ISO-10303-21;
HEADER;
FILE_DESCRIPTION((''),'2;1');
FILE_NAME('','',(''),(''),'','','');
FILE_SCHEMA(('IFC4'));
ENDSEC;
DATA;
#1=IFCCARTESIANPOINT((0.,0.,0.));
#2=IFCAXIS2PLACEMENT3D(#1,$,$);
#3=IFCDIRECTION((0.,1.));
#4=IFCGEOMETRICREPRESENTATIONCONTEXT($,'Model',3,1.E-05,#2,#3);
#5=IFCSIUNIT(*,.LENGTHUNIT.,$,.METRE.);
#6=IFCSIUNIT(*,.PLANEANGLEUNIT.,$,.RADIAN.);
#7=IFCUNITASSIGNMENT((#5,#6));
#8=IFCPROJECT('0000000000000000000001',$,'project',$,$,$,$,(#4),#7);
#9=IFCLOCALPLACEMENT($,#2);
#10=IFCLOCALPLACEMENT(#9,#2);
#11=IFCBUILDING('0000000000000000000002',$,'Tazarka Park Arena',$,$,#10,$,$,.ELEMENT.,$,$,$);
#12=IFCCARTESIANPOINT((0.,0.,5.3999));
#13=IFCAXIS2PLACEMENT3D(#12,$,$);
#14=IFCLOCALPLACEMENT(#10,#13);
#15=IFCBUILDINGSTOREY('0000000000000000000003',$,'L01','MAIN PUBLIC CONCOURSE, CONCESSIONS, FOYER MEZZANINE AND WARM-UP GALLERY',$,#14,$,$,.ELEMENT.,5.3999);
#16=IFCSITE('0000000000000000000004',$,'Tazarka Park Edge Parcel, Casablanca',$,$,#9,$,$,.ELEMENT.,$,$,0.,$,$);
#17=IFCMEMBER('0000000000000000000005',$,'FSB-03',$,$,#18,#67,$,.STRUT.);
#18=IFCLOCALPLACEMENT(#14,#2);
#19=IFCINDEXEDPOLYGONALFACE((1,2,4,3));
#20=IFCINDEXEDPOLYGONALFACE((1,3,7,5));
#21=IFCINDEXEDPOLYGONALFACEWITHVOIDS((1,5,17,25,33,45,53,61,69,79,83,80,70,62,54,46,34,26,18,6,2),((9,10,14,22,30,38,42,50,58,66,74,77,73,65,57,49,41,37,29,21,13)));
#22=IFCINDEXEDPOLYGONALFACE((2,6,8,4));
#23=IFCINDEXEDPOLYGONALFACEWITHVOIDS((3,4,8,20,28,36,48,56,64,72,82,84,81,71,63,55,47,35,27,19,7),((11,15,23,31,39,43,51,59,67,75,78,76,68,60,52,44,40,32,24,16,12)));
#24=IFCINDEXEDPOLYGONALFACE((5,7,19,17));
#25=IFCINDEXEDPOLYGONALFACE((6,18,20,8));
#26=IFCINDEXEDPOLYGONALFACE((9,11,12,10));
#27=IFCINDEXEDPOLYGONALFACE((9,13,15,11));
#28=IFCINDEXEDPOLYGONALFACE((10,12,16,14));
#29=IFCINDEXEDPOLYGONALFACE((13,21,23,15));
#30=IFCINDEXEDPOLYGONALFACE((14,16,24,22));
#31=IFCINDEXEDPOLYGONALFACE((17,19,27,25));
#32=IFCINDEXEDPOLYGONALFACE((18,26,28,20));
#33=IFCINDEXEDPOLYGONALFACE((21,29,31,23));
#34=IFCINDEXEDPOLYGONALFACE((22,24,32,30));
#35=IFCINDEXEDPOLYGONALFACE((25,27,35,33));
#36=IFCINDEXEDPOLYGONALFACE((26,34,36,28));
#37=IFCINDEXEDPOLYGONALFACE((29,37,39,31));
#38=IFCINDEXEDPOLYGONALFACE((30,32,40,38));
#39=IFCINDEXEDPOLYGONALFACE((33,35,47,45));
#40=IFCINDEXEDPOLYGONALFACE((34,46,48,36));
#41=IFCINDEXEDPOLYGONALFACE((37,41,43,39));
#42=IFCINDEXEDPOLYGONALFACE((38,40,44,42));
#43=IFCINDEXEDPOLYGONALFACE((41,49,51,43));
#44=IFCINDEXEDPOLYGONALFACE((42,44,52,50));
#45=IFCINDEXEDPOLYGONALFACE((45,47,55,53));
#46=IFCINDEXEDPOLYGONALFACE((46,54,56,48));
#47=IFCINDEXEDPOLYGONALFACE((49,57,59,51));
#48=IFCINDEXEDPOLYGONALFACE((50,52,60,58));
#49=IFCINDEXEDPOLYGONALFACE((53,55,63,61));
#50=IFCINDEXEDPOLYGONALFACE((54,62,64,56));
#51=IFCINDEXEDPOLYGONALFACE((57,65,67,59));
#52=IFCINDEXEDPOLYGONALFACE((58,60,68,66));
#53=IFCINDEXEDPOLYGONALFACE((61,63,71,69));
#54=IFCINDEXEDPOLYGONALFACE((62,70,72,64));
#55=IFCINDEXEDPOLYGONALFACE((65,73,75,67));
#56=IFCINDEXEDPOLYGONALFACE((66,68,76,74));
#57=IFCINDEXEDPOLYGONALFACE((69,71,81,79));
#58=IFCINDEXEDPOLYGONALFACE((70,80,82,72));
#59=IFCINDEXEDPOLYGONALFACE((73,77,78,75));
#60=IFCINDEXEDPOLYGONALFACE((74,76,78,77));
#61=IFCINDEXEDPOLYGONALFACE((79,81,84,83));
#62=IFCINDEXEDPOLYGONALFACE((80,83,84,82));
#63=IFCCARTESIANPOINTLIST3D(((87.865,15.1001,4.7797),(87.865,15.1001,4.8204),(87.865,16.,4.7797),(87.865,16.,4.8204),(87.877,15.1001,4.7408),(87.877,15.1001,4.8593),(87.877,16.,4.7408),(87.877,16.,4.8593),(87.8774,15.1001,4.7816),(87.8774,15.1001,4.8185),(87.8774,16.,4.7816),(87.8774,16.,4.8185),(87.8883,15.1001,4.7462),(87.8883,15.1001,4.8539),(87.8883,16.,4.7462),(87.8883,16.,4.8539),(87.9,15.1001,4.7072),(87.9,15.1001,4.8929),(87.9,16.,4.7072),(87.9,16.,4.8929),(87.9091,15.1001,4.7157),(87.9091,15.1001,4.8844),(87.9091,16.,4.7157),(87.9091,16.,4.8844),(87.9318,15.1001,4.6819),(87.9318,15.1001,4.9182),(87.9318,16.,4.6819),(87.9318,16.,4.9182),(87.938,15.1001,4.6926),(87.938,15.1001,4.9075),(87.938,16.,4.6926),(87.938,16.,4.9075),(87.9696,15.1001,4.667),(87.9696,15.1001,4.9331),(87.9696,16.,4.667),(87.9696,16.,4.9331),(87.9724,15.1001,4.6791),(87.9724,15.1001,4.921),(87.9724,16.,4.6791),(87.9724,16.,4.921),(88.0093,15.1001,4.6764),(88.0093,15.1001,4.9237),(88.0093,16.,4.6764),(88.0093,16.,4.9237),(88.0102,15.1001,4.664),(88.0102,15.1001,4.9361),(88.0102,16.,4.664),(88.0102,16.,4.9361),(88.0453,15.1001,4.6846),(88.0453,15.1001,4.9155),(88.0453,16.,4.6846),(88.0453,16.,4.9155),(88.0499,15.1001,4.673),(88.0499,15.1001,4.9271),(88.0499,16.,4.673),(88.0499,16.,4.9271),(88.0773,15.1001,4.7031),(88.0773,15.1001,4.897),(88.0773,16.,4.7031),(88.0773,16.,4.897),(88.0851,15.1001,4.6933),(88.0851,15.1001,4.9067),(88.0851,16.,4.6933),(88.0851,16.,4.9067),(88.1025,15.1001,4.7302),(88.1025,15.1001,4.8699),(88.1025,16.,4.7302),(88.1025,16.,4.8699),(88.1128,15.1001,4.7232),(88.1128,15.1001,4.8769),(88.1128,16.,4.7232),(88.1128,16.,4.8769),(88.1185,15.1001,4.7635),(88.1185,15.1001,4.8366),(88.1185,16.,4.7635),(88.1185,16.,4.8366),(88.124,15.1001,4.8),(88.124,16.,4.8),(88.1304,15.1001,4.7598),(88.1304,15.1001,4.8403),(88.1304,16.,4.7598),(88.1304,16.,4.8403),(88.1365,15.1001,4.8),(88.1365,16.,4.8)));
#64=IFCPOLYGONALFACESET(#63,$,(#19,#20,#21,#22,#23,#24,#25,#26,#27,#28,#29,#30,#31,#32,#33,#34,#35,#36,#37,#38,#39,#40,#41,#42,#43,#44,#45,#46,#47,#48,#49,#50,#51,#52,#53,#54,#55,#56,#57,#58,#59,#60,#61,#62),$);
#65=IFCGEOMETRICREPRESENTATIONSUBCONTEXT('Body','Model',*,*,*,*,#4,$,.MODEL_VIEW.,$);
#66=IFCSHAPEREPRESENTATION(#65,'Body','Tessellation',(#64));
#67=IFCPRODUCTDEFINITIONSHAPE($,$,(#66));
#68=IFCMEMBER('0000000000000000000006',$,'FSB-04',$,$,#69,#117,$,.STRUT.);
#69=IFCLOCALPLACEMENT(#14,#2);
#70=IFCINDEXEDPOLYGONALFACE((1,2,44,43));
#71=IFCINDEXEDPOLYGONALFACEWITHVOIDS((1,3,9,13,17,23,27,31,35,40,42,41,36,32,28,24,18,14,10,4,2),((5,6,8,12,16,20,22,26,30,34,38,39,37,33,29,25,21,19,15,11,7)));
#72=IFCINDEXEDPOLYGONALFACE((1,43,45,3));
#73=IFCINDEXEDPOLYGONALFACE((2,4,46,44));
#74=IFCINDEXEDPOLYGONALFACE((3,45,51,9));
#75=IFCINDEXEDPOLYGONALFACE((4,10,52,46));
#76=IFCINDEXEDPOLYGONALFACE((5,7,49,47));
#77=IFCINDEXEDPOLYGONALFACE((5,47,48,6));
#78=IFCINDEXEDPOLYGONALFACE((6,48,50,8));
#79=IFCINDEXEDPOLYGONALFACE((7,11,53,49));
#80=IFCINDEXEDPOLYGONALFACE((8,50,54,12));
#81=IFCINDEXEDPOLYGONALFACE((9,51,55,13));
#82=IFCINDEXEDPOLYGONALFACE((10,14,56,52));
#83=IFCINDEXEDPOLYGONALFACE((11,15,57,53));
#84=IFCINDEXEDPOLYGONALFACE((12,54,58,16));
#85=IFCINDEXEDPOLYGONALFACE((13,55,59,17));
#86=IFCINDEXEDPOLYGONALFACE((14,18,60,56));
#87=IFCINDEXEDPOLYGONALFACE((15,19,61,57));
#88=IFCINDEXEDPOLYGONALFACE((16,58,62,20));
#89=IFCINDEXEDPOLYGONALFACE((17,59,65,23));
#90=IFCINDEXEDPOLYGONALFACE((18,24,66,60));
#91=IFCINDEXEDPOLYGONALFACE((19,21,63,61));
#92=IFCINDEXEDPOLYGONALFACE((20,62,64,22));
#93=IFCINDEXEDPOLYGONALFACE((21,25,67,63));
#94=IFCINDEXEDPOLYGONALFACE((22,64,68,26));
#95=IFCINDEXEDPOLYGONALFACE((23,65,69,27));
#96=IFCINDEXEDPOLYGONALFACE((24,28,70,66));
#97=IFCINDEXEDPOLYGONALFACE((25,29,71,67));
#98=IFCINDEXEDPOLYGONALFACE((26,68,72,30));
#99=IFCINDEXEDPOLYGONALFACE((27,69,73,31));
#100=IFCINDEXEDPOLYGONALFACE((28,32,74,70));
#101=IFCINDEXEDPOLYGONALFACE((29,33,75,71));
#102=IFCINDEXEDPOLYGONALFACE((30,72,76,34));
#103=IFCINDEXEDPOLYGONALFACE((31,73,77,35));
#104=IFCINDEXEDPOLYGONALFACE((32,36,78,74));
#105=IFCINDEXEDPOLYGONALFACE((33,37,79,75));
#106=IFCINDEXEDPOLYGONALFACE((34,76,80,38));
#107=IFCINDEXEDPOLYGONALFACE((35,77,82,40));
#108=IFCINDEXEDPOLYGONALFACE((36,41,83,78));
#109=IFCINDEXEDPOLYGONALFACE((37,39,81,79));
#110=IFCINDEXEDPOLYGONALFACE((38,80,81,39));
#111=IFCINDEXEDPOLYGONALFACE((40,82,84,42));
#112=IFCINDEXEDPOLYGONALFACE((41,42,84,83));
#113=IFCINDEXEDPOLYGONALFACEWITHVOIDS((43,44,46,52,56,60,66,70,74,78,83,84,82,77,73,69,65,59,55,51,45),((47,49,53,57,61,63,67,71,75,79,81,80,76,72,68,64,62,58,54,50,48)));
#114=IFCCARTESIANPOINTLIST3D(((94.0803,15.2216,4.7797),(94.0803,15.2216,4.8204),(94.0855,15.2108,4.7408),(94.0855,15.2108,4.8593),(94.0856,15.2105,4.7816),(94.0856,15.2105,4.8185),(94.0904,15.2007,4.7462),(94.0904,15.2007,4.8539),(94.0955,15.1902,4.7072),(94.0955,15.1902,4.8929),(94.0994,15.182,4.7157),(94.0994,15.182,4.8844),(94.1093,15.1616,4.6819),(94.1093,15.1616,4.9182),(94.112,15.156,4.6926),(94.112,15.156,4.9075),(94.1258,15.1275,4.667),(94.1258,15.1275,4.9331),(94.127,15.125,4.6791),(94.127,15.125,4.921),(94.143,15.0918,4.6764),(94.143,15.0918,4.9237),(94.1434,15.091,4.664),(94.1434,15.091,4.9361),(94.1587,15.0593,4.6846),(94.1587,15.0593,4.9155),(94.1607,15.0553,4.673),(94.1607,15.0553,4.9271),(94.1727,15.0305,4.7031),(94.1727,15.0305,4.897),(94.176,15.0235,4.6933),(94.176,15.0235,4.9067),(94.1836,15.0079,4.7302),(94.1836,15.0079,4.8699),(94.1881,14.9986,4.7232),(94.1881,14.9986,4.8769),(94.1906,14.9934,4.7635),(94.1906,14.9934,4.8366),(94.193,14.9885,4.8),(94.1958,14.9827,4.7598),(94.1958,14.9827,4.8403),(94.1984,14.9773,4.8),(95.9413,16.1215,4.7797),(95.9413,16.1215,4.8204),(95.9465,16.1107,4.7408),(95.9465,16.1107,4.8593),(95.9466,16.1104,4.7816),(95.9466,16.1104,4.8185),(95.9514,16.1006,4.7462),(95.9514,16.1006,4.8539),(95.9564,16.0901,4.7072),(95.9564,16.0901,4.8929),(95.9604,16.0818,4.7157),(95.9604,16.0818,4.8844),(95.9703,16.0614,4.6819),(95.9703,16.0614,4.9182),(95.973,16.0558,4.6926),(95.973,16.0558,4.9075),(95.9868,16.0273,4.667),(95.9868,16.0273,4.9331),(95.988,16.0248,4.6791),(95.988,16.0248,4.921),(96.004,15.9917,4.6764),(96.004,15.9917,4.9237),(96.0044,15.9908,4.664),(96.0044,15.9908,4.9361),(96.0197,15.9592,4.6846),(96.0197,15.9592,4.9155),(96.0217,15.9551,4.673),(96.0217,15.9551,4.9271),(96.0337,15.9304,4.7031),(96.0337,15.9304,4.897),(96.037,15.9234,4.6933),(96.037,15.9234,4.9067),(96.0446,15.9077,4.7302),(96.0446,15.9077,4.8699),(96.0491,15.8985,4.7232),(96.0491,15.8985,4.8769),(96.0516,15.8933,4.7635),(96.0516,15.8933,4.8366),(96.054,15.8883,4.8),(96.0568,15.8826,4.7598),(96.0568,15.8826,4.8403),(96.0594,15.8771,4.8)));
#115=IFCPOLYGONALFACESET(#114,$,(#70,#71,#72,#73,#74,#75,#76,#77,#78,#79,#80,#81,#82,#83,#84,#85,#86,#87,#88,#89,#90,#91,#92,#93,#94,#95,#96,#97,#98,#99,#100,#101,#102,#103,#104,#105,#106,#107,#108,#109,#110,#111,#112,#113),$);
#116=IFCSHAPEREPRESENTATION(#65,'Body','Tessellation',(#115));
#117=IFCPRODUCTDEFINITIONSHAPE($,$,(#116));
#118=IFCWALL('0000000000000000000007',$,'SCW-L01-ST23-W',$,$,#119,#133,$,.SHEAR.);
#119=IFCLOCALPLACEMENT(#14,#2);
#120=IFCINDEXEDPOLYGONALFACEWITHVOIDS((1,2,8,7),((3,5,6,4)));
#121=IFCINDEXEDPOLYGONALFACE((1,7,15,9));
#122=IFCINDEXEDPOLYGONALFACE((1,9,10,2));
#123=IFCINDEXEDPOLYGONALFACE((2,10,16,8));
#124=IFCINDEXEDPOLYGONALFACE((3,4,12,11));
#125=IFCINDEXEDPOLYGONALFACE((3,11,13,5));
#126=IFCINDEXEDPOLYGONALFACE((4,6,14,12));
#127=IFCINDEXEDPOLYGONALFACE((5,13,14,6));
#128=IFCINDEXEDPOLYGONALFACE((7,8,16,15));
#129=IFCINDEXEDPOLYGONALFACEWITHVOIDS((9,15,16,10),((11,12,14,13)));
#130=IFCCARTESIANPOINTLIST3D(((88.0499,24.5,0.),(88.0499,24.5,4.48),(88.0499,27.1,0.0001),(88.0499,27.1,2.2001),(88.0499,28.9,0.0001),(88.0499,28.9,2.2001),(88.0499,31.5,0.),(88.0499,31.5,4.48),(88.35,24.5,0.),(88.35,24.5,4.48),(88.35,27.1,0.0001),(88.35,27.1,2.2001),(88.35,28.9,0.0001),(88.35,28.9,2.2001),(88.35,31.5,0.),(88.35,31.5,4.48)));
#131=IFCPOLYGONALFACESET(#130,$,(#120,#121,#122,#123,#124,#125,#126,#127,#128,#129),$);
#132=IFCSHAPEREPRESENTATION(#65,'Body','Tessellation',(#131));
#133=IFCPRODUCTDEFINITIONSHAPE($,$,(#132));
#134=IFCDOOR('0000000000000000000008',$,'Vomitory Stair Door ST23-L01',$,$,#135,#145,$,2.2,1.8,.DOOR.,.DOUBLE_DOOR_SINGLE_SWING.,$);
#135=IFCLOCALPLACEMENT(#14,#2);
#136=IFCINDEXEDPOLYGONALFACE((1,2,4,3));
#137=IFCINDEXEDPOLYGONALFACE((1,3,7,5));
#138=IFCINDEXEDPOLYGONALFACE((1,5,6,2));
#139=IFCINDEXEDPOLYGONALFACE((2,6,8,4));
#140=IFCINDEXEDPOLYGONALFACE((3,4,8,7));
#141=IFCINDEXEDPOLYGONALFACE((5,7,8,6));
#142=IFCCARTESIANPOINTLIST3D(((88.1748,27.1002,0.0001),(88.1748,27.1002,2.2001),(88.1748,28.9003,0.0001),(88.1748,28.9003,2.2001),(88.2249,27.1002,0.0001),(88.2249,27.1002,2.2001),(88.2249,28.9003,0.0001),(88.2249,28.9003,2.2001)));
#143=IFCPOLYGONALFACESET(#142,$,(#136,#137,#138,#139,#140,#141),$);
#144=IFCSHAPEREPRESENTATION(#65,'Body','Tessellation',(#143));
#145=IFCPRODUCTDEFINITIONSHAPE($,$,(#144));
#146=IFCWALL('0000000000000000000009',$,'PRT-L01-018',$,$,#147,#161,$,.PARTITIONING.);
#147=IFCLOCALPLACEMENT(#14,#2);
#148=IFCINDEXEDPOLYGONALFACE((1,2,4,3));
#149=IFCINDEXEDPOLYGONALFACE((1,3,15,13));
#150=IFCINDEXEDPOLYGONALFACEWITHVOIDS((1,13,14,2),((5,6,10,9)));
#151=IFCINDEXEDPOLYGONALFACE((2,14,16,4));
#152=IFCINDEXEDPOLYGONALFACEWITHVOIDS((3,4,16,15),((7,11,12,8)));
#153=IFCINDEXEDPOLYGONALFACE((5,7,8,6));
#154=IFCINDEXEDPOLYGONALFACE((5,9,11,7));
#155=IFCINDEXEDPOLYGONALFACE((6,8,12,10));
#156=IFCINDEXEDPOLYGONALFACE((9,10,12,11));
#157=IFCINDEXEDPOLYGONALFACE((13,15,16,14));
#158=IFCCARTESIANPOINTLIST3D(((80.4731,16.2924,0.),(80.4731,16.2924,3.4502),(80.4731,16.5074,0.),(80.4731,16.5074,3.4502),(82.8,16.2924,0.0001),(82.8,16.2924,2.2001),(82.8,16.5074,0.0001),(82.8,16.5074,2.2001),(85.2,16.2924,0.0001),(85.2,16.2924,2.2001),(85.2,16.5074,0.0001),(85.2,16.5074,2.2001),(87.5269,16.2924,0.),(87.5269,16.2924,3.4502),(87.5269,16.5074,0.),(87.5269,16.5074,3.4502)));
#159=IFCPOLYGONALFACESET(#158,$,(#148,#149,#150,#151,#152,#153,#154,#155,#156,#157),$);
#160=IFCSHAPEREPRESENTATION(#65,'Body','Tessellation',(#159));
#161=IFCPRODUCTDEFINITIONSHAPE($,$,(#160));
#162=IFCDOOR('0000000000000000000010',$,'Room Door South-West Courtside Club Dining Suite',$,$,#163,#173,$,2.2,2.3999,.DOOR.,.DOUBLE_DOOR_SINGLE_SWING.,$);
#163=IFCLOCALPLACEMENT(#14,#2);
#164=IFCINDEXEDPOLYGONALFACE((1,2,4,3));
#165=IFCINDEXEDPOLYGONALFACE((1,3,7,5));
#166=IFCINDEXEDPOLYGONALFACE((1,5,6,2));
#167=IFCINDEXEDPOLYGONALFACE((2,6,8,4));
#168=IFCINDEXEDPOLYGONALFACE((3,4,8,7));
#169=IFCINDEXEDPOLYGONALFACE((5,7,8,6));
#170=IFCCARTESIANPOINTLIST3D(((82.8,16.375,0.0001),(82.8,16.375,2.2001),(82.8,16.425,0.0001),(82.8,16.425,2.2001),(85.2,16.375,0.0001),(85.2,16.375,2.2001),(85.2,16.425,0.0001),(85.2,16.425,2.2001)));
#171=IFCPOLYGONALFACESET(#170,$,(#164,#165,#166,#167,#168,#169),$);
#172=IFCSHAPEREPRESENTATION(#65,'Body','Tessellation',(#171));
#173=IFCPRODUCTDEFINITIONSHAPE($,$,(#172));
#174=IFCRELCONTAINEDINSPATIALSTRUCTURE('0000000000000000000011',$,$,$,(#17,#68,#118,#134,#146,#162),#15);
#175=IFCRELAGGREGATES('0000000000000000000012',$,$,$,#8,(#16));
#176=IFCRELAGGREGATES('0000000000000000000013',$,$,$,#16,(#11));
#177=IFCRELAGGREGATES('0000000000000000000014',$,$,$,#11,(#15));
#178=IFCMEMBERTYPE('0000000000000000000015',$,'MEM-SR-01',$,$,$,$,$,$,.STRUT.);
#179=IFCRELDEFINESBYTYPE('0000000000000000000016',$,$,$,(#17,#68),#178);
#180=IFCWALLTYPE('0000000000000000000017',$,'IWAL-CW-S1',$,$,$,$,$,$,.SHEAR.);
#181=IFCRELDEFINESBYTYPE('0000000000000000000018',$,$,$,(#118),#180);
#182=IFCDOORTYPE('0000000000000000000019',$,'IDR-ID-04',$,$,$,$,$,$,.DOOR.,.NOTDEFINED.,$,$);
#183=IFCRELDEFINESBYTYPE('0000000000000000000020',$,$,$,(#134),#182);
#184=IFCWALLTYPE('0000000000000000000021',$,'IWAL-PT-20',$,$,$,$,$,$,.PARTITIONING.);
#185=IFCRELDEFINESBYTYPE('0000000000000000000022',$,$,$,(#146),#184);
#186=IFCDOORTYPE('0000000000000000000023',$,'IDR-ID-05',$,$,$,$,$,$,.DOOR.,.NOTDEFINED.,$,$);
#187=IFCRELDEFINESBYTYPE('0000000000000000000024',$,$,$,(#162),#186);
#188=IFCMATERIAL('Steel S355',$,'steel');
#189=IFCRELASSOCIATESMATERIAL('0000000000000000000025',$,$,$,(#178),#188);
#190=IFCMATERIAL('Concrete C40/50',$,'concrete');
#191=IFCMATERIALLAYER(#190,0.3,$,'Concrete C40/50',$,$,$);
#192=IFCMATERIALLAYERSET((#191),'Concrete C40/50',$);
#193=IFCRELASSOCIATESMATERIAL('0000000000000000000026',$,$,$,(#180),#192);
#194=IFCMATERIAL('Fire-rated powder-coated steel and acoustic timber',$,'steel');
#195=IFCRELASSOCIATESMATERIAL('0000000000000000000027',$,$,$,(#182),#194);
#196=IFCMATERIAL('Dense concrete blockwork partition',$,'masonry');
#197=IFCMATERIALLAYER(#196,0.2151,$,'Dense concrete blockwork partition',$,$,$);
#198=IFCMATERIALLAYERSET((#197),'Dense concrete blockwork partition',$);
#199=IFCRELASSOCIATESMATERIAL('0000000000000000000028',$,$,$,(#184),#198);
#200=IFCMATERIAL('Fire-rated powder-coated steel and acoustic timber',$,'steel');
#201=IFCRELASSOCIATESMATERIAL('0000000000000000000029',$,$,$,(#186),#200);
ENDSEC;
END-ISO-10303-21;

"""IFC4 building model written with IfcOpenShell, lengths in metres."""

from ifc_helpers import new_model, si_unit, direction, frame, frame_2d, origin, origin_2d, place, context, subcontext, project, spatial, rectangle, hollow_circle, extrude, material, layer, layer_set, material_profile, profile_set, type_object, element, fill, save


model = new_model("IFC4")

# Units and contexts
model_context = context("Model", 3, precision=1e-05, world=origin(), true_north=direction((0.0, 1.0)))
body_context = subcontext(model_context, "Body", "Model", "MODEL_VIEW")
ifc_project = project(units=[si_unit("LENGTHUNIT", "METRE"), si_unit("PLANEANGLEUNIT", "RADIAN")], contexts=[model_context])

# Site, building, storey
site_placement = place(None, origin())
site = spatial("IfcSite", under=ifc_project, at=site_placement, Name="Tazarka Park Edge Parcel, Casablanca", CompositionType="ELEMENT", RefElevation=0.0)
building_placement = place(site_placement, origin())
building = spatial("IfcBuilding", under=site, at=building_placement, Name="Tazarka Park Arena", CompositionType="ELEMENT")
storey_placement = place(building_placement, frame((0.0, 0.0, 5.3999)))
storey = spatial("IfcBuildingStorey", under=building, at=storey_placement, Name="L01", Description="MAIN PUBLIC CONCOURSE, CONCESSIONS, FOYER MEZZANINE AND WARM-UP GALLERY", CompositionType="ELEMENT", Elevation=5.3999)

# Members
ifc_material_1 = material(Name="Steel S355", Category="steel")
ifc_material_profile_1 = material_profile(ifc_material_1, hollow_circle(Radius=0.1365, WallThickness=0.0125, at=origin_2d()), Name="Steel S355")
ifc_profile_set_1 = profile_set([ifc_material_profile_1], Name="Steel S355")
member_type = type_object("IfcMemberType", Name="MEM-SR-01", PredefinedType="STRUT", material=ifc_profile_set_1)
member_1_placement = place(storey_placement, frame((88.0, 16.0, 4.8), z_axis=(0.0, -1.0, 0.0), x_axis=(1.0, 0.0, 0.0)))
element("IfcMember", 1, at=member_1_placement, inside=storey, type_object=member_type, Name="FSB-03", PredefinedType="STRUT", context=body_context, shape_type="SweptSolid", body=[
    extrude(hollow_circle(Radius=0.1365, WallThickness=0.0125, at=origin_2d()), origin(), (0.0, 0.0, 1.0), 0.8999),
])
member_2_placement = place(storey_placement, frame((96.0, 16.0, 4.8), z_axis=(-0.900277, -0.435317, 0.0), x_axis=(0.435317, -0.900277, 0.0)))
element("IfcMember", 2, at=member_2_placement, inside=storey, type_object=member_type, Name="FSB-04", PredefinedType="STRUT", context=body_context, shape_type="SweptSolid", body=[
    extrude(hollow_circle(Radius=0.1365, WallThickness=0.0125, at=origin_2d()), origin(), (0.0, 0.0, 1.0), 2.0671),
])

# Walls, openings, doors
ifc_material_2 = material(Name="Concrete C40/50", Category="concrete")
ifc_layer_1 = layer(ifc_material_2, 0.3, Name="Concrete C40/50")
ifc_layer_set_1 = layer_set([ifc_layer_1], Name="Concrete C40/50")
wall_type_1 = type_object("IfcWallType", Name="IWAL-CW-S1", PredefinedType="SHEAR", material=ifc_layer_set_1)
wall_1_placement = place(storey_placement, frame((88.2, 24.5, 0.0), z_axis=(0.0, 0.0, 1.0), x_axis=(0.0, 1.0, 0.0)))
wall_1 = element("IfcWall", 3, at=wall_1_placement, inside=storey, type_object=wall_type_1, Name="SCW-L01-ST23-W", PredefinedType="SHEAR", context=body_context, shape_type="SweptSolid", body=[
    extrude(rectangle(XDim=7.0, YDim=0.3, at=frame_2d((3.5, 0.0))), origin(), (0.0, 0.0, 1.0), 4.48),
])
opening_1_placement = place(wall_1_placement, frame((2.6001, 0.0, 0.0)))
opening_1 = element("IfcOpeningElement", 4, at=opening_1_placement, cuts=wall_1, PredefinedType="OPENING", context=body_context, shape_type="SweptSolid", body=[
    extrude(rectangle(XDim=1.8, YDim=2.2, at=frame_2d((0.8999, 1.1001))), frame((0.0, 0.1602, 0.0), z_axis=(0.0, -1.0, 0.0), x_axis=(1.0, 0.0, 0.0)), (0.0, 0.0, 1.0), 0.3201),
])
ifc_material_3 = material(Name="Fire-rated powder-coated steel and acoustic timber", Category="steel")
door_type_1 = type_object("IfcDoorType", Name="IDR-ID-04", OperationType="NOTDEFINED", PredefinedType="DOOR", material=ifc_material_3)
door_1_placement = place(opening_1_placement, frame((1.8, 0.0, 0.0), z_axis=(0.0, 0.0, 1.0), x_axis=(-1.0, 0.0, 0.0)))
door_1 = element("IfcDoor", 5, at=door_1_placement, inside=storey, type_object=door_type_1, Name="Vomitory Stair Door ST23-L01", OperationType="DOUBLE_DOOR_SINGLE_SWING", OverallHeight=2.2, OverallWidth=1.8, PredefinedType="DOOR", context=body_context, shape_type="SweptSolid", body=[
    extrude(rectangle(XDim=1.8, YDim=2.2, at=frame_2d((0.8999, 1.1001))), frame((0.0, 0.0249, 0.0), z_axis=(0.0, -1.0, 0.0), x_axis=(1.0, 0.0, 0.0)), (0.0, 0.0, 1.0), 0.05),
])
fill(opening_1, door_1)
ifc_material_4 = material(Name="Dense concrete blockwork partition", Category="masonry")
ifc_layer_2 = layer(ifc_material_4, 0.2151, Name="Dense concrete blockwork partition")
ifc_layer_set_2 = layer_set([ifc_layer_2], Name="Dense concrete blockwork partition")
wall_type_2 = type_object("IfcWallType", Name="IWAL-PT-20", PredefinedType="PARTITIONING", material=ifc_layer_set_2)
wall_2_placement = place(storey_placement, frame((87.5269, 16.3999, 0.0), z_axis=(0.0, 0.0, 1.0), x_axis=(-1.0, 0.0, 0.0)))
wall_2 = element("IfcWall", 6, at=wall_2_placement, inside=storey, type_object=wall_type_2, Name="PRT-L01-018", PredefinedType="PARTITIONING", context=body_context, shape_type="SweptSolid", body=[
    extrude(rectangle(XDim=7.0537, YDim=0.2151, at=frame_2d((3.5269, 0.0))), origin(), (0.0, 0.0, 1.0), 3.4502),
])
opening_2_placement = place(wall_2_placement, frame((2.3269, 0.0, 0.0)))
opening_2 = element("IfcOpeningElement", 7, at=opening_2_placement, cuts=wall_2, PredefinedType="OPENING", context=body_context, shape_type="SweptSolid", body=[
    extrude(rectangle(XDim=2.3999, YDim=2.2, at=frame_2d((1.2, 1.1001))), frame((0.0, 0.1177, 0.0), z_axis=(0.0, -1.0, 0.0), x_axis=(1.0, 0.0, 0.0)), (0.0, 0.0, 1.0), 0.2351),
])
ifc_material_5 = material(Name="Fire-rated powder-coated steel and acoustic timber", Category="steel")
door_type_2 = type_object("IfcDoorType", Name="IDR-ID-05", OperationType="NOTDEFINED", PredefinedType="DOOR", material=ifc_material_5)
door_2_placement = place(opening_2_placement, origin())
door_2 = element("IfcDoor", 8, at=door_2_placement, inside=storey, type_object=door_type_2, Name="Room Door South-West Courtside Club Dining Suite", OperationType="DOUBLE_DOOR_SINGLE_SWING", OverallHeight=2.2, OverallWidth=2.3999, PredefinedType="DOOR", context=body_context, shape_type="SweptSolid", body=[
    extrude(rectangle(XDim=2.3999, YDim=2.2, at=frame_2d((1.2, 1.1001))), frame((0.0, 0.0249, 0.0), z_axis=(0.0, -1.0, 0.0), x_axis=(1.0, 0.0, 0.0)), (0.0, 0.0, 1.0), 0.05),
])
fill(opening_2, door_2)

save(model, "model.ifc")
